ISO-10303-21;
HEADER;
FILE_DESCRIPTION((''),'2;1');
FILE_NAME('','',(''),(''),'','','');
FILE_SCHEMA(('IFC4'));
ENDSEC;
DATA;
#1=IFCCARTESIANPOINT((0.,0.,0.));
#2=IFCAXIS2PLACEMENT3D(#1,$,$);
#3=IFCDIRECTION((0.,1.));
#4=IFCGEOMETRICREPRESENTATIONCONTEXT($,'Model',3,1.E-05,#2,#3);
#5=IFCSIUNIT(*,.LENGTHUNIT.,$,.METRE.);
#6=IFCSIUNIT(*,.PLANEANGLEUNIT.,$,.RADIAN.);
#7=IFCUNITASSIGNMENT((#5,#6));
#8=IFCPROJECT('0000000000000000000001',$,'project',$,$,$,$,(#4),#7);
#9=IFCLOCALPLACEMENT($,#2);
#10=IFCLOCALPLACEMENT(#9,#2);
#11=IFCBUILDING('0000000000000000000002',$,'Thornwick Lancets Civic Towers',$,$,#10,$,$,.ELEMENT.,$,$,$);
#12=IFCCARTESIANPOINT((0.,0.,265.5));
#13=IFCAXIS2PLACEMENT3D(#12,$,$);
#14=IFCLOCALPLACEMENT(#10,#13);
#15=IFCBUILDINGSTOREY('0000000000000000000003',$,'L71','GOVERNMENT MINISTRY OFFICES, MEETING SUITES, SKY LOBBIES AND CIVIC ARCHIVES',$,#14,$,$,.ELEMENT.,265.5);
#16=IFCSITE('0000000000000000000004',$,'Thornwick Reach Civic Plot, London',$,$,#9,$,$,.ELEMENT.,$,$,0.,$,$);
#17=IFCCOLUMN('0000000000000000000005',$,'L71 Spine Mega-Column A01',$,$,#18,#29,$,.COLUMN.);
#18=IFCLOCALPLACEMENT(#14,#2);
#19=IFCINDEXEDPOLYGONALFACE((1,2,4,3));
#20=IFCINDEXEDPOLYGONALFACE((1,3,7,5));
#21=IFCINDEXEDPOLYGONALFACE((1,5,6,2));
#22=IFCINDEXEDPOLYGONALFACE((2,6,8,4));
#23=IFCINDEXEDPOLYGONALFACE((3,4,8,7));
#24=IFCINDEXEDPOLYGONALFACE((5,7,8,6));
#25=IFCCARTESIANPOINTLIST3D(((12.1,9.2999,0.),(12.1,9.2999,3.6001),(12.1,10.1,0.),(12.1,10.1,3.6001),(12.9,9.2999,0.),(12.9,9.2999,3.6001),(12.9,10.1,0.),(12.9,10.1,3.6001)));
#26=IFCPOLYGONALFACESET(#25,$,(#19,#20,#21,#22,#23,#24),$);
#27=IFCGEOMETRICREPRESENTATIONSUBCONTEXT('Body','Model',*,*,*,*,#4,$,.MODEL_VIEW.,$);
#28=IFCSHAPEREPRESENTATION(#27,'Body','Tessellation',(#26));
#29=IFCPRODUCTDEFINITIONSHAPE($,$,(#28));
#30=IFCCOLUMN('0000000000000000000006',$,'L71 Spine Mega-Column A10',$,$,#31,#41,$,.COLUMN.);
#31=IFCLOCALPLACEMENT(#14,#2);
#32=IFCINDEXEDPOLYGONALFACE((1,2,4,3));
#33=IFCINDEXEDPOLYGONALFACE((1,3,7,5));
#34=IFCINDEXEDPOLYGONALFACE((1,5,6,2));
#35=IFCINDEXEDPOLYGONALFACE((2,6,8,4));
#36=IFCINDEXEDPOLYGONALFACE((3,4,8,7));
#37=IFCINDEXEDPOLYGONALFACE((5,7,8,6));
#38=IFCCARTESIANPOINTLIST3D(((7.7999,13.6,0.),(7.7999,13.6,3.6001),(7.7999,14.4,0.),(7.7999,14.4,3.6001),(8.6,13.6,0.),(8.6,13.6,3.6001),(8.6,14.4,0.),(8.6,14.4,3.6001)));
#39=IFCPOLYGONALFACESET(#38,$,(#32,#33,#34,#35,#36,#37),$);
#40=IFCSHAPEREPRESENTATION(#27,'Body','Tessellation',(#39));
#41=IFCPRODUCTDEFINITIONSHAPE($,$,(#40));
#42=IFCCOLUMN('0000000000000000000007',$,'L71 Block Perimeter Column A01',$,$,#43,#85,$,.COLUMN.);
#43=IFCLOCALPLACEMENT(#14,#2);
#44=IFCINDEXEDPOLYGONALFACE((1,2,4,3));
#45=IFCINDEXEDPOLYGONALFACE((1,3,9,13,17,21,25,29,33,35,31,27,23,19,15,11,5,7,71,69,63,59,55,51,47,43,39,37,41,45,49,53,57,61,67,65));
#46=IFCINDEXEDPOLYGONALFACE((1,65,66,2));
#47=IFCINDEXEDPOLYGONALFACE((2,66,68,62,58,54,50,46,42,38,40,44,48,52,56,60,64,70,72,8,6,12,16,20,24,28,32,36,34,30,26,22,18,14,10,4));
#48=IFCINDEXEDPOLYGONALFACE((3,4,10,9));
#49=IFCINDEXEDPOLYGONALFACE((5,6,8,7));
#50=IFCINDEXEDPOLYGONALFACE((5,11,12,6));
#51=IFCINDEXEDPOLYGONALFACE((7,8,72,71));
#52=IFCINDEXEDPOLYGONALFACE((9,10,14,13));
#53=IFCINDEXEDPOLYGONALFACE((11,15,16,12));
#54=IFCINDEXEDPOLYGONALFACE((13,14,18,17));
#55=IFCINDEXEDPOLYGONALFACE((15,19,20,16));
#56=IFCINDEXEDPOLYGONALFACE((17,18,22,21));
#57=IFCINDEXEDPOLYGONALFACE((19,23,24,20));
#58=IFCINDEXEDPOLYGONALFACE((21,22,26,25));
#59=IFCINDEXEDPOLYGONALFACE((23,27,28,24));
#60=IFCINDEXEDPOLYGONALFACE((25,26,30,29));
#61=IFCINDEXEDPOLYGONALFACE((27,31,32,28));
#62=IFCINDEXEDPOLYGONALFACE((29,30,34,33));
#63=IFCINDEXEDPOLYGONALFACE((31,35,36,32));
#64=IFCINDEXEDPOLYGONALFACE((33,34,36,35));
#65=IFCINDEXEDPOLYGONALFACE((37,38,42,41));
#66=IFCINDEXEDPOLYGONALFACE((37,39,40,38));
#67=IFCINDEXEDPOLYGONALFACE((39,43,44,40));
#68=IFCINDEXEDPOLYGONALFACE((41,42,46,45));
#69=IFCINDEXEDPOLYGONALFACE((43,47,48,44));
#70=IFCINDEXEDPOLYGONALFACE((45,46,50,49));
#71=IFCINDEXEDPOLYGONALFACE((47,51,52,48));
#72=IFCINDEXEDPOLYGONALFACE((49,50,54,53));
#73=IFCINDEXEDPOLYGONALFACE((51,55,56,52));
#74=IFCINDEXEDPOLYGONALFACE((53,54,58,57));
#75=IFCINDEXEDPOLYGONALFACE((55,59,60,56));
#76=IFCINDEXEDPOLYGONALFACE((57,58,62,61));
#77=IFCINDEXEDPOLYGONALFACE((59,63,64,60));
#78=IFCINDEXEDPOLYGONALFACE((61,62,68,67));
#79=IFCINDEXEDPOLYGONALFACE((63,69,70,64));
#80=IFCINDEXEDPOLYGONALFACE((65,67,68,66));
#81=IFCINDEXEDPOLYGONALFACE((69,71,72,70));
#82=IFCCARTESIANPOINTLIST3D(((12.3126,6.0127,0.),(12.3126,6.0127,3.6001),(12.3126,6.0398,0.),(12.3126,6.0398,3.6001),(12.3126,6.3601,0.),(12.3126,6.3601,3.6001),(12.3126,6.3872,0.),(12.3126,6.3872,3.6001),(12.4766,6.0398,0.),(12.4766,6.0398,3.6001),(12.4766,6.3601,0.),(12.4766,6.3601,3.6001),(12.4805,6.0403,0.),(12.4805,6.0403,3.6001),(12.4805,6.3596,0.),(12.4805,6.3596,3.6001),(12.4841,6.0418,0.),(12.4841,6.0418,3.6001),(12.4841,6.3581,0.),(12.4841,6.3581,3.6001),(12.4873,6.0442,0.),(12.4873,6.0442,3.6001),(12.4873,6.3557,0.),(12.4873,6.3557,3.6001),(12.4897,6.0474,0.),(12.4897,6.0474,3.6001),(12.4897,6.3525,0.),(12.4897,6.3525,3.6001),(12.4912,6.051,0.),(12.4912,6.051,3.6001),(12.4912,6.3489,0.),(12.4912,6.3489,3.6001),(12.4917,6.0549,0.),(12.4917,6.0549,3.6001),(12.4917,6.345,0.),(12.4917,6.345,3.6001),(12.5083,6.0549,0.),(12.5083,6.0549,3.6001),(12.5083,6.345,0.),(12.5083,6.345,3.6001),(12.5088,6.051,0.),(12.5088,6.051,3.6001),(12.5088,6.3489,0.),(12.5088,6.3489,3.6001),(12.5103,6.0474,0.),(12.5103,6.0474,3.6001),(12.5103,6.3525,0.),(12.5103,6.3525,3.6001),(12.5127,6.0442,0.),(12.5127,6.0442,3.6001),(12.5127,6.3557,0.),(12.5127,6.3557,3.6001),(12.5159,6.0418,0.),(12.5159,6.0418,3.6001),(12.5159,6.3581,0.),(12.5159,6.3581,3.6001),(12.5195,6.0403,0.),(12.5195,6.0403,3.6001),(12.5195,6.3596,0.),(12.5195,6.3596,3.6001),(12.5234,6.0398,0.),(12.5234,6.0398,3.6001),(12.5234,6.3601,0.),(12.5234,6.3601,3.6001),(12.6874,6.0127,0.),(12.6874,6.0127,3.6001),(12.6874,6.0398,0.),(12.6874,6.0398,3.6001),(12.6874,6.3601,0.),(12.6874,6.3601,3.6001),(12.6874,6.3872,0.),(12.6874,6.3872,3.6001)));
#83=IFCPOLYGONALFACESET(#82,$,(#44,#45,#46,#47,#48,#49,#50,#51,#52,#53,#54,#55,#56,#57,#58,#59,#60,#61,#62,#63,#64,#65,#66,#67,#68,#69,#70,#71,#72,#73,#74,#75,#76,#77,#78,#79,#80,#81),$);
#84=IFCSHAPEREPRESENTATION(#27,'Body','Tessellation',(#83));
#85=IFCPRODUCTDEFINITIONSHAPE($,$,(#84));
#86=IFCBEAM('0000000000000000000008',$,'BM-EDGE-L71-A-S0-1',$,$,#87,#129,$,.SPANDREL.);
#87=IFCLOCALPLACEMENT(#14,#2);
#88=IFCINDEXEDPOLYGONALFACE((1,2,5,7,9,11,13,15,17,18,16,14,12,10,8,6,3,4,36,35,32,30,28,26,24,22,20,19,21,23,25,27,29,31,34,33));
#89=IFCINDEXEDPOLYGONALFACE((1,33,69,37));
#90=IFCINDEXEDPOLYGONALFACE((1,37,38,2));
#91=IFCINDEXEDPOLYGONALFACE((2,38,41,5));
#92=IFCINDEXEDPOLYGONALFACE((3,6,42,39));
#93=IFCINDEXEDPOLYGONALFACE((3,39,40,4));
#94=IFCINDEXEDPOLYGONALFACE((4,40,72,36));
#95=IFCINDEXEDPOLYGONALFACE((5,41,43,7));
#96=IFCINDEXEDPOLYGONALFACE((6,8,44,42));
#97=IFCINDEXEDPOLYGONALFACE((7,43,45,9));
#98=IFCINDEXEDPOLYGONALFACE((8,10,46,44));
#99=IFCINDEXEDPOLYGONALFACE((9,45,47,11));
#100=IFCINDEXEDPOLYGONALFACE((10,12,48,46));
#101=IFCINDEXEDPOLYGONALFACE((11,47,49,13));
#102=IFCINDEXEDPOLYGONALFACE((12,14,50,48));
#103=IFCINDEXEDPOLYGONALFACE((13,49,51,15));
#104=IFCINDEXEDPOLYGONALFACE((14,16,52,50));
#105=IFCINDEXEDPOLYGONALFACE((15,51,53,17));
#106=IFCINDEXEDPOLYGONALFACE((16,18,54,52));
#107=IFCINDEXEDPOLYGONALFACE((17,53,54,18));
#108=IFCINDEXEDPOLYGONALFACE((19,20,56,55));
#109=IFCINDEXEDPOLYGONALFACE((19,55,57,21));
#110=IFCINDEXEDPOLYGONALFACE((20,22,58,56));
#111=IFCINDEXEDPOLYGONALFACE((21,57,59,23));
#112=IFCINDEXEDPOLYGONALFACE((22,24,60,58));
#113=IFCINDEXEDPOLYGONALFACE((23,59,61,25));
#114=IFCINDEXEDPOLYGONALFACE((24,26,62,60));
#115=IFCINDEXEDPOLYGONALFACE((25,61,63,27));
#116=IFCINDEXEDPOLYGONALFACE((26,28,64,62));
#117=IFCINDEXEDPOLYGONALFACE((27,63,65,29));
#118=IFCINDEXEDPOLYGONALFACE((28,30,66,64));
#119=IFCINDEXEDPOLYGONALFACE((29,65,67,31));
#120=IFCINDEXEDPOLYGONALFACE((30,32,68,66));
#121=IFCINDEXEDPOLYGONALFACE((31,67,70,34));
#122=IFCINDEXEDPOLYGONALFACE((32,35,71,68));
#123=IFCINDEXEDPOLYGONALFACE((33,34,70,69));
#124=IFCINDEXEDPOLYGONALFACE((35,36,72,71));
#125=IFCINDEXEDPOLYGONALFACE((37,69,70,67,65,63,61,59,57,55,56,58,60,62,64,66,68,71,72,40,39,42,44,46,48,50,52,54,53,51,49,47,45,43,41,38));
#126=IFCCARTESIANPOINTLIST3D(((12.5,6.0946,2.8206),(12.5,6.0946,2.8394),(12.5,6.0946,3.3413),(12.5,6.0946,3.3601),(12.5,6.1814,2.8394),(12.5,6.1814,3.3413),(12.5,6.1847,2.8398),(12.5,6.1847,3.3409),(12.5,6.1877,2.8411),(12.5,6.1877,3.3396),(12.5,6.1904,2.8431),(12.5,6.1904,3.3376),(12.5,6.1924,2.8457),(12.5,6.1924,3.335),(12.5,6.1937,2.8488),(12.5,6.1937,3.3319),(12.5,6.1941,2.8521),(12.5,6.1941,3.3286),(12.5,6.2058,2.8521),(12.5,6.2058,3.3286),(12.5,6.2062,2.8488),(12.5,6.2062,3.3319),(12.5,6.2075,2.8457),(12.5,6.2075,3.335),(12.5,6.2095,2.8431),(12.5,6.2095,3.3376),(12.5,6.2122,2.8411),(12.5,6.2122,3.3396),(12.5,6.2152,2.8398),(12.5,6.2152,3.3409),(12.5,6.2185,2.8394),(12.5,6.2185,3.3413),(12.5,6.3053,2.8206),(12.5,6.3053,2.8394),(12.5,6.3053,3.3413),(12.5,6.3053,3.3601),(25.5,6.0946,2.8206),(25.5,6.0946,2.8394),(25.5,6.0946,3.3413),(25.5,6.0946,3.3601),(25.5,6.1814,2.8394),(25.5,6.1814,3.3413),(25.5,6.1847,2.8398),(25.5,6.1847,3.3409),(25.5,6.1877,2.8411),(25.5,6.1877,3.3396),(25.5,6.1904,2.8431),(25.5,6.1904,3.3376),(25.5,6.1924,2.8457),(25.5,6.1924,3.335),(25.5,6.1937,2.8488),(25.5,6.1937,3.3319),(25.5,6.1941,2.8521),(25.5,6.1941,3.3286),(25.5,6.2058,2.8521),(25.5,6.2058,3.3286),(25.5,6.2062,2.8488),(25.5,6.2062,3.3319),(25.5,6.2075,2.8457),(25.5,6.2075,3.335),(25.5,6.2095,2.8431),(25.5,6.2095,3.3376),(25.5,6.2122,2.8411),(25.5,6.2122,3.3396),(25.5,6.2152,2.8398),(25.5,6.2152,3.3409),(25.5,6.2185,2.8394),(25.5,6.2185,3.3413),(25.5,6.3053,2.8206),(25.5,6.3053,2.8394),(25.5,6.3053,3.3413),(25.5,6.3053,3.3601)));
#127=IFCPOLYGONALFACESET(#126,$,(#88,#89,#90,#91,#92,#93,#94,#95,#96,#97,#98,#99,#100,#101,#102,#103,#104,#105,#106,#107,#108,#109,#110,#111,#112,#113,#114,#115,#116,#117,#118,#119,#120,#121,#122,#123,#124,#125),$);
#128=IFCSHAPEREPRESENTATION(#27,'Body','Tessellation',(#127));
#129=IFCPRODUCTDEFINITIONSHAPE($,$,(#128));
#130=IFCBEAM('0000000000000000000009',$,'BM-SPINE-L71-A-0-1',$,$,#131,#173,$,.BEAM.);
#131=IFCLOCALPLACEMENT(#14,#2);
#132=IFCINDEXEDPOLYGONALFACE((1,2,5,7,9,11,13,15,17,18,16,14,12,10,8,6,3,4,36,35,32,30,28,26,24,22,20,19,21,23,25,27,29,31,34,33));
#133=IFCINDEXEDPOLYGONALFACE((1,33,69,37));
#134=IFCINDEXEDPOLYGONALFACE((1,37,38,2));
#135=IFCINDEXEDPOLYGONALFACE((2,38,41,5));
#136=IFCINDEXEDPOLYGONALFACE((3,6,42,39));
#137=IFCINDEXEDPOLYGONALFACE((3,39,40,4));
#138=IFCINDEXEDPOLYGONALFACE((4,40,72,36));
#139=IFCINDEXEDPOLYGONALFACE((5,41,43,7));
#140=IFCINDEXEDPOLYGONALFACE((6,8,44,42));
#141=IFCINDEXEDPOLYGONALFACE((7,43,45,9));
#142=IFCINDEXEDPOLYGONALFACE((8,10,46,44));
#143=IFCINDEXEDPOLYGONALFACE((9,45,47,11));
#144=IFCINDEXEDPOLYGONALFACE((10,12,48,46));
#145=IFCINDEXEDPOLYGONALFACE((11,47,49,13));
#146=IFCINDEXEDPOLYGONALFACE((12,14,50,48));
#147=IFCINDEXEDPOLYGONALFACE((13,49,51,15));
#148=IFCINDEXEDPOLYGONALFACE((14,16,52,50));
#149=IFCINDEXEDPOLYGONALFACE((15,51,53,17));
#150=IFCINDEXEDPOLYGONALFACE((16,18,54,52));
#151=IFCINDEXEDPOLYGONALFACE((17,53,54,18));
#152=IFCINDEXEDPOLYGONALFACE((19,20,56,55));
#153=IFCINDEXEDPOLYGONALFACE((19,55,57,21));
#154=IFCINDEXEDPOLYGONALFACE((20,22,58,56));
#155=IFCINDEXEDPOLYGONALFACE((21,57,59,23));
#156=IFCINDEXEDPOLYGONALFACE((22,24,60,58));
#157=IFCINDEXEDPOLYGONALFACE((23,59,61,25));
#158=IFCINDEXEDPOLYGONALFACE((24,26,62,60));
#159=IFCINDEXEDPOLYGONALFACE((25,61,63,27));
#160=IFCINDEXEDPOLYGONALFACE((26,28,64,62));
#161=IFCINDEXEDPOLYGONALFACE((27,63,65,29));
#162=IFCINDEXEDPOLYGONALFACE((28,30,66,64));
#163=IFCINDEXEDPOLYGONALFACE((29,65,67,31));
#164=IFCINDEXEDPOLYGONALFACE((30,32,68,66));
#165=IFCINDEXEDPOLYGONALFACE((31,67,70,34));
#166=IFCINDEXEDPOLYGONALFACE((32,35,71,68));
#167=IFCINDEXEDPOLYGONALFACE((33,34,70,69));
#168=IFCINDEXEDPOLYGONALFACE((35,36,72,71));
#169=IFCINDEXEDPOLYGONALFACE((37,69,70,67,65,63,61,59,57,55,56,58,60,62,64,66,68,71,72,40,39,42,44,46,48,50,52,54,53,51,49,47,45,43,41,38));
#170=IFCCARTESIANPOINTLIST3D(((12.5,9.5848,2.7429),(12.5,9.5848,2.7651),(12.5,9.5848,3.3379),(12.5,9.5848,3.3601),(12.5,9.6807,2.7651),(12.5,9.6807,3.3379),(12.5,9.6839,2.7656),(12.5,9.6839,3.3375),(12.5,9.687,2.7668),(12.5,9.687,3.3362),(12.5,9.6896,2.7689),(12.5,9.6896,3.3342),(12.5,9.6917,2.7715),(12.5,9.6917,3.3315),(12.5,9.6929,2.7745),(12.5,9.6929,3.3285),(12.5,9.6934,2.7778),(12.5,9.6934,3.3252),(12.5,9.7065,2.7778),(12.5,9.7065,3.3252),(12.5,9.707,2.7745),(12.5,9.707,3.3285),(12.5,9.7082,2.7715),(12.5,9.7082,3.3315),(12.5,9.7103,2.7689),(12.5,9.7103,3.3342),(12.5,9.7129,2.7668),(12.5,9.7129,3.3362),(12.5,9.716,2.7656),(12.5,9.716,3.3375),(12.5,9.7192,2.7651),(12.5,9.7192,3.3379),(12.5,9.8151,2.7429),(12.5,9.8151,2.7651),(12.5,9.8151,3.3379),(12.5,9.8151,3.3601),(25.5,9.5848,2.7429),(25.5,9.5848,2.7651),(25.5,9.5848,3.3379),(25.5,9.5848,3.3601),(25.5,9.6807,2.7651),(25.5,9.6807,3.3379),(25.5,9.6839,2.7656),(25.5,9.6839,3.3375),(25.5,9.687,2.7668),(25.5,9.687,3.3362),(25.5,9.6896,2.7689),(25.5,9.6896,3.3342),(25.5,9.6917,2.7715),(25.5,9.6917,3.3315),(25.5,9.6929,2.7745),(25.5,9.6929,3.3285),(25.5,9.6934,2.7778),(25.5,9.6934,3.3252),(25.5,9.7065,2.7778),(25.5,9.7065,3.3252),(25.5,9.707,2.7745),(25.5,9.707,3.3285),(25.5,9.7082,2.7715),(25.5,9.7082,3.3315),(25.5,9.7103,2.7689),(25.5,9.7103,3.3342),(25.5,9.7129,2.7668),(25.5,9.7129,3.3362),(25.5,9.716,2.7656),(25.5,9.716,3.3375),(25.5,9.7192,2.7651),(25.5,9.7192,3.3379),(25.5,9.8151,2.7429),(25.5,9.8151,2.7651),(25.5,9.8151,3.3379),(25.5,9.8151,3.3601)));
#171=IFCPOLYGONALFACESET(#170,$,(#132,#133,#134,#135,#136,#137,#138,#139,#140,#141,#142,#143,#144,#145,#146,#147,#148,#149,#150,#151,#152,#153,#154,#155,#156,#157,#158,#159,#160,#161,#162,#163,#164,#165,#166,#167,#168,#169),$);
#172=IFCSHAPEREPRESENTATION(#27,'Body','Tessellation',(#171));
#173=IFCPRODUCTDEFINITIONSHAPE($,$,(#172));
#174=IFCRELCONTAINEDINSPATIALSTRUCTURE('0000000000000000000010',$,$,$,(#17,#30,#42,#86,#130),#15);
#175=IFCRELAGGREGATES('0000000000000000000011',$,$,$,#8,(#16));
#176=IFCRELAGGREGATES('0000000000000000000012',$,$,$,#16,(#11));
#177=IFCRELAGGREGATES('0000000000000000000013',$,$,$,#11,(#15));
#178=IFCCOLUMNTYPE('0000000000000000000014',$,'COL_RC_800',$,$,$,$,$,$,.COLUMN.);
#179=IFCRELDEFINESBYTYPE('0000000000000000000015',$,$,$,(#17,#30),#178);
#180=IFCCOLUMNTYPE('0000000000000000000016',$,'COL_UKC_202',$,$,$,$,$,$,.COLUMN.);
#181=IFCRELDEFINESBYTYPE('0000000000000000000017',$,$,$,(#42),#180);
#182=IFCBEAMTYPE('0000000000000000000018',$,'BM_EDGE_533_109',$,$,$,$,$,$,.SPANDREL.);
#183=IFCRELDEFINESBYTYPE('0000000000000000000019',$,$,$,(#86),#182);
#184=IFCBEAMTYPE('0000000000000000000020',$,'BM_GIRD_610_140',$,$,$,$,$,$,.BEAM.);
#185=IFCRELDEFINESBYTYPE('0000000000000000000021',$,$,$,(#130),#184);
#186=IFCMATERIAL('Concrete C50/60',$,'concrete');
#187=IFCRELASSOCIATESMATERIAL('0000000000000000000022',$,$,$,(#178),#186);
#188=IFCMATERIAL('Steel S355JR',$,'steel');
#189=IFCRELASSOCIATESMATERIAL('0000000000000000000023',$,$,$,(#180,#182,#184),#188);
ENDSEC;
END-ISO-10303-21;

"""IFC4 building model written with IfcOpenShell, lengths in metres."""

from ifc_helpers import new_model, si_unit, direction, frame, origin, origin_2d, place, context, subcontext, project, spatial, rectangle, i_section, extrude, material, material_profile, profile_set, type_object, element, save


model = new_model("IFC4")

# Units and contexts
model_context = context("Model", 3, precision=1e-05, world=origin(), true_north=direction((0.0, 1.0)))
body_context = subcontext(model_context, "Body", "Model", "MODEL_VIEW")
ifc_project = project(units=[si_unit("LENGTHUNIT", "METRE"), si_unit("PLANEANGLEUNIT", "RADIAN")], contexts=[model_context])

# Site, building, storey
site_placement = place(None, origin())
site = spatial("IfcSite", under=ifc_project, at=site_placement, Name="Thornwick Reach Civic Plot, London", CompositionType="ELEMENT", RefElevation=0.0)
building_placement = place(site_placement, origin())
building = spatial("IfcBuilding", under=site, at=building_placement, Name="Thornwick Lancets Civic Towers", CompositionType="ELEMENT")
storey_placement = place(building_placement, frame((0.0, 0.0, 265.5)))
storey = spatial("IfcBuildingStorey", under=building, at=storey_placement, Name="L71", Description="GOVERNMENT MINISTRY OFFICES, MEETING SUITES, SKY LOBBIES AND CIVIC ARCHIVES", CompositionType="ELEMENT", Elevation=265.5)

# Columns
ifc_material_1 = material(Name="Concrete C50/60", Category="concrete")
ifc_material_profile_1 = material_profile(ifc_material_1, rectangle(XDim=0.8, YDim=0.8, at=origin_2d()), Name="RC 800x800")
ifc_profile_set_1 = profile_set([ifc_material_profile_1], Name="Concrete C50/60")
column_type_1 = type_object("IfcColumnType", Name="COL_RC_800", PredefinedType="COLUMN", material=ifc_profile_set_1)
for number, where, z_axis, x_axis, name in (
    (1, (12.5, 9.7, 0.0), (0.0, 0.0, 1.0), (1.0, 0.0, 0.0), "L71 Spine Mega-Column A01"),
    (2, (8.2, 14.0, 0.0), (0.0, 0.0, 1.0), (1.0, 0.0, 0.0), "L71 Spine Mega-Column A10"),
):
    element("IfcColumn", number, at=place(storey_placement, frame(where, z_axis=z_axis, x_axis=x_axis)), inside=storey, type_object=column_type_1, Name=name, PredefinedType="COLUMN", context=body_context, shape_type="SweptSolid", body=[
        extrude(rectangle(XDim=0.8, YDim=0.8, at=origin_2d()), origin(), (0.0, 0.0, 1.0), 3.6001),
    ])
ifc_material_2 = material(Name="Steel S355JR", Category="steel")
ifc_material_profile_2 = material_profile(ifc_material_2, i_section(OverallWidth=0.3748, OverallDepth=0.3745, WebThickness=0.0166, FlangeThickness=0.0271, FilletRadius=0.0151, at=origin_2d()), Name="UKC 356x368x202")
ifc_profile_set_2 = profile_set([ifc_material_profile_2], Name="Steel S355JR")
column_type_2 = type_object("IfcColumnType", Name="COL_UKC_202", PredefinedType="COLUMN", material=ifc_profile_set_2)
column_placement = place(storey_placement, frame((12.5, 6.2, 0.0), z_axis=(0.0, 0.0, 1.0), x_axis=(1.0, 0.0, 0.0)))
element("IfcColumn", 3, at=column_placement, inside=storey, type_object=column_type_2, Name="L71 Block Perimeter Column A01", PredefinedType="COLUMN", context=body_context, shape_type="SweptSolid", body=[
    extrude(i_section(OverallWidth=0.3748, OverallDepth=0.3745, WebThickness=0.0166, FlangeThickness=0.0271, FilletRadius=0.0151, at=origin_2d()), origin(), (0.0, 0.0, 1.0), 3.6001),
])

# Beams
ifc_material_profile_3 = material_profile(ifc_material_2, i_section(OverallWidth=0.2107, OverallDepth=0.5396, WebThickness=0.0117, FlangeThickness=0.0188, FilletRadius=0.0127, at=origin_2d()), Name="UKB 533x210x109")
ifc_profile_set_3 = profile_set([ifc_material_profile_3], Name="Steel S355JR")
beam_type_1 = type_object("IfcBeamType", Name="BM_EDGE_533_109", PredefinedType="SPANDREL", material=ifc_profile_set_3)
beam_1_placement = place(storey_placement, frame((12.5, 6.2, 3.0903), z_axis=(1.0, 0.0, 0.0), x_axis=(0.0, 1.0, 0.0)))
element("IfcBeam", 4, at=beam_1_placement, inside=storey, type_object=beam_type_1, Name="BM-EDGE-L71-A-S0-1", PredefinedType="SPANDREL", context=body_context, shape_type="SweptSolid", body=[
    extrude(i_section(OverallWidth=0.2107, OverallDepth=0.5396, WebThickness=0.0117, FlangeThickness=0.0188, FilletRadius=0.0127, at=origin_2d()), origin(), (0.0, 0.0, 1.0), 13.0),
])
ifc_material_profile_4 = material_profile(ifc_material_2, i_section(OverallWidth=0.2302, OverallDepth=0.6172, WebThickness=0.0132, FlangeThickness=0.0222, FilletRadius=0.0127, at=origin_2d()), Name="UKB 610x229x140")
ifc_profile_set_4 = profile_set([ifc_material_profile_4], Name="Steel S355JR")
beam_type_2 = type_object("IfcBeamType", Name="BM_GIRD_610_140", PredefinedType="BEAM", material=ifc_profile_set_4)
for number, where, z_axis, x_axis, name in (
    (5, (12.5, 9.7, 3.0515), (1.0, 0.0, 0.0), (0.0, 1.0, 0.0), "BM-SPINE-L71-A-0-1"),
):
    element("IfcBeam", number, at=place(storey_placement, frame(where, z_axis=z_axis, x_axis=x_axis)), inside=storey, type_object=beam_type_2, Name=name, PredefinedType="BEAM", context=body_context, shape_type="SweptSolid", body=[
        extrude(i_section(OverallWidth=0.2302, OverallDepth=0.6172, WebThickness=0.0132, FlangeThickness=0.0222, FilletRadius=0.0127, at=origin_2d()), origin(), (0.0, 0.0, 1.0), 13.0),
    ])

save(model, "model.ifc")
